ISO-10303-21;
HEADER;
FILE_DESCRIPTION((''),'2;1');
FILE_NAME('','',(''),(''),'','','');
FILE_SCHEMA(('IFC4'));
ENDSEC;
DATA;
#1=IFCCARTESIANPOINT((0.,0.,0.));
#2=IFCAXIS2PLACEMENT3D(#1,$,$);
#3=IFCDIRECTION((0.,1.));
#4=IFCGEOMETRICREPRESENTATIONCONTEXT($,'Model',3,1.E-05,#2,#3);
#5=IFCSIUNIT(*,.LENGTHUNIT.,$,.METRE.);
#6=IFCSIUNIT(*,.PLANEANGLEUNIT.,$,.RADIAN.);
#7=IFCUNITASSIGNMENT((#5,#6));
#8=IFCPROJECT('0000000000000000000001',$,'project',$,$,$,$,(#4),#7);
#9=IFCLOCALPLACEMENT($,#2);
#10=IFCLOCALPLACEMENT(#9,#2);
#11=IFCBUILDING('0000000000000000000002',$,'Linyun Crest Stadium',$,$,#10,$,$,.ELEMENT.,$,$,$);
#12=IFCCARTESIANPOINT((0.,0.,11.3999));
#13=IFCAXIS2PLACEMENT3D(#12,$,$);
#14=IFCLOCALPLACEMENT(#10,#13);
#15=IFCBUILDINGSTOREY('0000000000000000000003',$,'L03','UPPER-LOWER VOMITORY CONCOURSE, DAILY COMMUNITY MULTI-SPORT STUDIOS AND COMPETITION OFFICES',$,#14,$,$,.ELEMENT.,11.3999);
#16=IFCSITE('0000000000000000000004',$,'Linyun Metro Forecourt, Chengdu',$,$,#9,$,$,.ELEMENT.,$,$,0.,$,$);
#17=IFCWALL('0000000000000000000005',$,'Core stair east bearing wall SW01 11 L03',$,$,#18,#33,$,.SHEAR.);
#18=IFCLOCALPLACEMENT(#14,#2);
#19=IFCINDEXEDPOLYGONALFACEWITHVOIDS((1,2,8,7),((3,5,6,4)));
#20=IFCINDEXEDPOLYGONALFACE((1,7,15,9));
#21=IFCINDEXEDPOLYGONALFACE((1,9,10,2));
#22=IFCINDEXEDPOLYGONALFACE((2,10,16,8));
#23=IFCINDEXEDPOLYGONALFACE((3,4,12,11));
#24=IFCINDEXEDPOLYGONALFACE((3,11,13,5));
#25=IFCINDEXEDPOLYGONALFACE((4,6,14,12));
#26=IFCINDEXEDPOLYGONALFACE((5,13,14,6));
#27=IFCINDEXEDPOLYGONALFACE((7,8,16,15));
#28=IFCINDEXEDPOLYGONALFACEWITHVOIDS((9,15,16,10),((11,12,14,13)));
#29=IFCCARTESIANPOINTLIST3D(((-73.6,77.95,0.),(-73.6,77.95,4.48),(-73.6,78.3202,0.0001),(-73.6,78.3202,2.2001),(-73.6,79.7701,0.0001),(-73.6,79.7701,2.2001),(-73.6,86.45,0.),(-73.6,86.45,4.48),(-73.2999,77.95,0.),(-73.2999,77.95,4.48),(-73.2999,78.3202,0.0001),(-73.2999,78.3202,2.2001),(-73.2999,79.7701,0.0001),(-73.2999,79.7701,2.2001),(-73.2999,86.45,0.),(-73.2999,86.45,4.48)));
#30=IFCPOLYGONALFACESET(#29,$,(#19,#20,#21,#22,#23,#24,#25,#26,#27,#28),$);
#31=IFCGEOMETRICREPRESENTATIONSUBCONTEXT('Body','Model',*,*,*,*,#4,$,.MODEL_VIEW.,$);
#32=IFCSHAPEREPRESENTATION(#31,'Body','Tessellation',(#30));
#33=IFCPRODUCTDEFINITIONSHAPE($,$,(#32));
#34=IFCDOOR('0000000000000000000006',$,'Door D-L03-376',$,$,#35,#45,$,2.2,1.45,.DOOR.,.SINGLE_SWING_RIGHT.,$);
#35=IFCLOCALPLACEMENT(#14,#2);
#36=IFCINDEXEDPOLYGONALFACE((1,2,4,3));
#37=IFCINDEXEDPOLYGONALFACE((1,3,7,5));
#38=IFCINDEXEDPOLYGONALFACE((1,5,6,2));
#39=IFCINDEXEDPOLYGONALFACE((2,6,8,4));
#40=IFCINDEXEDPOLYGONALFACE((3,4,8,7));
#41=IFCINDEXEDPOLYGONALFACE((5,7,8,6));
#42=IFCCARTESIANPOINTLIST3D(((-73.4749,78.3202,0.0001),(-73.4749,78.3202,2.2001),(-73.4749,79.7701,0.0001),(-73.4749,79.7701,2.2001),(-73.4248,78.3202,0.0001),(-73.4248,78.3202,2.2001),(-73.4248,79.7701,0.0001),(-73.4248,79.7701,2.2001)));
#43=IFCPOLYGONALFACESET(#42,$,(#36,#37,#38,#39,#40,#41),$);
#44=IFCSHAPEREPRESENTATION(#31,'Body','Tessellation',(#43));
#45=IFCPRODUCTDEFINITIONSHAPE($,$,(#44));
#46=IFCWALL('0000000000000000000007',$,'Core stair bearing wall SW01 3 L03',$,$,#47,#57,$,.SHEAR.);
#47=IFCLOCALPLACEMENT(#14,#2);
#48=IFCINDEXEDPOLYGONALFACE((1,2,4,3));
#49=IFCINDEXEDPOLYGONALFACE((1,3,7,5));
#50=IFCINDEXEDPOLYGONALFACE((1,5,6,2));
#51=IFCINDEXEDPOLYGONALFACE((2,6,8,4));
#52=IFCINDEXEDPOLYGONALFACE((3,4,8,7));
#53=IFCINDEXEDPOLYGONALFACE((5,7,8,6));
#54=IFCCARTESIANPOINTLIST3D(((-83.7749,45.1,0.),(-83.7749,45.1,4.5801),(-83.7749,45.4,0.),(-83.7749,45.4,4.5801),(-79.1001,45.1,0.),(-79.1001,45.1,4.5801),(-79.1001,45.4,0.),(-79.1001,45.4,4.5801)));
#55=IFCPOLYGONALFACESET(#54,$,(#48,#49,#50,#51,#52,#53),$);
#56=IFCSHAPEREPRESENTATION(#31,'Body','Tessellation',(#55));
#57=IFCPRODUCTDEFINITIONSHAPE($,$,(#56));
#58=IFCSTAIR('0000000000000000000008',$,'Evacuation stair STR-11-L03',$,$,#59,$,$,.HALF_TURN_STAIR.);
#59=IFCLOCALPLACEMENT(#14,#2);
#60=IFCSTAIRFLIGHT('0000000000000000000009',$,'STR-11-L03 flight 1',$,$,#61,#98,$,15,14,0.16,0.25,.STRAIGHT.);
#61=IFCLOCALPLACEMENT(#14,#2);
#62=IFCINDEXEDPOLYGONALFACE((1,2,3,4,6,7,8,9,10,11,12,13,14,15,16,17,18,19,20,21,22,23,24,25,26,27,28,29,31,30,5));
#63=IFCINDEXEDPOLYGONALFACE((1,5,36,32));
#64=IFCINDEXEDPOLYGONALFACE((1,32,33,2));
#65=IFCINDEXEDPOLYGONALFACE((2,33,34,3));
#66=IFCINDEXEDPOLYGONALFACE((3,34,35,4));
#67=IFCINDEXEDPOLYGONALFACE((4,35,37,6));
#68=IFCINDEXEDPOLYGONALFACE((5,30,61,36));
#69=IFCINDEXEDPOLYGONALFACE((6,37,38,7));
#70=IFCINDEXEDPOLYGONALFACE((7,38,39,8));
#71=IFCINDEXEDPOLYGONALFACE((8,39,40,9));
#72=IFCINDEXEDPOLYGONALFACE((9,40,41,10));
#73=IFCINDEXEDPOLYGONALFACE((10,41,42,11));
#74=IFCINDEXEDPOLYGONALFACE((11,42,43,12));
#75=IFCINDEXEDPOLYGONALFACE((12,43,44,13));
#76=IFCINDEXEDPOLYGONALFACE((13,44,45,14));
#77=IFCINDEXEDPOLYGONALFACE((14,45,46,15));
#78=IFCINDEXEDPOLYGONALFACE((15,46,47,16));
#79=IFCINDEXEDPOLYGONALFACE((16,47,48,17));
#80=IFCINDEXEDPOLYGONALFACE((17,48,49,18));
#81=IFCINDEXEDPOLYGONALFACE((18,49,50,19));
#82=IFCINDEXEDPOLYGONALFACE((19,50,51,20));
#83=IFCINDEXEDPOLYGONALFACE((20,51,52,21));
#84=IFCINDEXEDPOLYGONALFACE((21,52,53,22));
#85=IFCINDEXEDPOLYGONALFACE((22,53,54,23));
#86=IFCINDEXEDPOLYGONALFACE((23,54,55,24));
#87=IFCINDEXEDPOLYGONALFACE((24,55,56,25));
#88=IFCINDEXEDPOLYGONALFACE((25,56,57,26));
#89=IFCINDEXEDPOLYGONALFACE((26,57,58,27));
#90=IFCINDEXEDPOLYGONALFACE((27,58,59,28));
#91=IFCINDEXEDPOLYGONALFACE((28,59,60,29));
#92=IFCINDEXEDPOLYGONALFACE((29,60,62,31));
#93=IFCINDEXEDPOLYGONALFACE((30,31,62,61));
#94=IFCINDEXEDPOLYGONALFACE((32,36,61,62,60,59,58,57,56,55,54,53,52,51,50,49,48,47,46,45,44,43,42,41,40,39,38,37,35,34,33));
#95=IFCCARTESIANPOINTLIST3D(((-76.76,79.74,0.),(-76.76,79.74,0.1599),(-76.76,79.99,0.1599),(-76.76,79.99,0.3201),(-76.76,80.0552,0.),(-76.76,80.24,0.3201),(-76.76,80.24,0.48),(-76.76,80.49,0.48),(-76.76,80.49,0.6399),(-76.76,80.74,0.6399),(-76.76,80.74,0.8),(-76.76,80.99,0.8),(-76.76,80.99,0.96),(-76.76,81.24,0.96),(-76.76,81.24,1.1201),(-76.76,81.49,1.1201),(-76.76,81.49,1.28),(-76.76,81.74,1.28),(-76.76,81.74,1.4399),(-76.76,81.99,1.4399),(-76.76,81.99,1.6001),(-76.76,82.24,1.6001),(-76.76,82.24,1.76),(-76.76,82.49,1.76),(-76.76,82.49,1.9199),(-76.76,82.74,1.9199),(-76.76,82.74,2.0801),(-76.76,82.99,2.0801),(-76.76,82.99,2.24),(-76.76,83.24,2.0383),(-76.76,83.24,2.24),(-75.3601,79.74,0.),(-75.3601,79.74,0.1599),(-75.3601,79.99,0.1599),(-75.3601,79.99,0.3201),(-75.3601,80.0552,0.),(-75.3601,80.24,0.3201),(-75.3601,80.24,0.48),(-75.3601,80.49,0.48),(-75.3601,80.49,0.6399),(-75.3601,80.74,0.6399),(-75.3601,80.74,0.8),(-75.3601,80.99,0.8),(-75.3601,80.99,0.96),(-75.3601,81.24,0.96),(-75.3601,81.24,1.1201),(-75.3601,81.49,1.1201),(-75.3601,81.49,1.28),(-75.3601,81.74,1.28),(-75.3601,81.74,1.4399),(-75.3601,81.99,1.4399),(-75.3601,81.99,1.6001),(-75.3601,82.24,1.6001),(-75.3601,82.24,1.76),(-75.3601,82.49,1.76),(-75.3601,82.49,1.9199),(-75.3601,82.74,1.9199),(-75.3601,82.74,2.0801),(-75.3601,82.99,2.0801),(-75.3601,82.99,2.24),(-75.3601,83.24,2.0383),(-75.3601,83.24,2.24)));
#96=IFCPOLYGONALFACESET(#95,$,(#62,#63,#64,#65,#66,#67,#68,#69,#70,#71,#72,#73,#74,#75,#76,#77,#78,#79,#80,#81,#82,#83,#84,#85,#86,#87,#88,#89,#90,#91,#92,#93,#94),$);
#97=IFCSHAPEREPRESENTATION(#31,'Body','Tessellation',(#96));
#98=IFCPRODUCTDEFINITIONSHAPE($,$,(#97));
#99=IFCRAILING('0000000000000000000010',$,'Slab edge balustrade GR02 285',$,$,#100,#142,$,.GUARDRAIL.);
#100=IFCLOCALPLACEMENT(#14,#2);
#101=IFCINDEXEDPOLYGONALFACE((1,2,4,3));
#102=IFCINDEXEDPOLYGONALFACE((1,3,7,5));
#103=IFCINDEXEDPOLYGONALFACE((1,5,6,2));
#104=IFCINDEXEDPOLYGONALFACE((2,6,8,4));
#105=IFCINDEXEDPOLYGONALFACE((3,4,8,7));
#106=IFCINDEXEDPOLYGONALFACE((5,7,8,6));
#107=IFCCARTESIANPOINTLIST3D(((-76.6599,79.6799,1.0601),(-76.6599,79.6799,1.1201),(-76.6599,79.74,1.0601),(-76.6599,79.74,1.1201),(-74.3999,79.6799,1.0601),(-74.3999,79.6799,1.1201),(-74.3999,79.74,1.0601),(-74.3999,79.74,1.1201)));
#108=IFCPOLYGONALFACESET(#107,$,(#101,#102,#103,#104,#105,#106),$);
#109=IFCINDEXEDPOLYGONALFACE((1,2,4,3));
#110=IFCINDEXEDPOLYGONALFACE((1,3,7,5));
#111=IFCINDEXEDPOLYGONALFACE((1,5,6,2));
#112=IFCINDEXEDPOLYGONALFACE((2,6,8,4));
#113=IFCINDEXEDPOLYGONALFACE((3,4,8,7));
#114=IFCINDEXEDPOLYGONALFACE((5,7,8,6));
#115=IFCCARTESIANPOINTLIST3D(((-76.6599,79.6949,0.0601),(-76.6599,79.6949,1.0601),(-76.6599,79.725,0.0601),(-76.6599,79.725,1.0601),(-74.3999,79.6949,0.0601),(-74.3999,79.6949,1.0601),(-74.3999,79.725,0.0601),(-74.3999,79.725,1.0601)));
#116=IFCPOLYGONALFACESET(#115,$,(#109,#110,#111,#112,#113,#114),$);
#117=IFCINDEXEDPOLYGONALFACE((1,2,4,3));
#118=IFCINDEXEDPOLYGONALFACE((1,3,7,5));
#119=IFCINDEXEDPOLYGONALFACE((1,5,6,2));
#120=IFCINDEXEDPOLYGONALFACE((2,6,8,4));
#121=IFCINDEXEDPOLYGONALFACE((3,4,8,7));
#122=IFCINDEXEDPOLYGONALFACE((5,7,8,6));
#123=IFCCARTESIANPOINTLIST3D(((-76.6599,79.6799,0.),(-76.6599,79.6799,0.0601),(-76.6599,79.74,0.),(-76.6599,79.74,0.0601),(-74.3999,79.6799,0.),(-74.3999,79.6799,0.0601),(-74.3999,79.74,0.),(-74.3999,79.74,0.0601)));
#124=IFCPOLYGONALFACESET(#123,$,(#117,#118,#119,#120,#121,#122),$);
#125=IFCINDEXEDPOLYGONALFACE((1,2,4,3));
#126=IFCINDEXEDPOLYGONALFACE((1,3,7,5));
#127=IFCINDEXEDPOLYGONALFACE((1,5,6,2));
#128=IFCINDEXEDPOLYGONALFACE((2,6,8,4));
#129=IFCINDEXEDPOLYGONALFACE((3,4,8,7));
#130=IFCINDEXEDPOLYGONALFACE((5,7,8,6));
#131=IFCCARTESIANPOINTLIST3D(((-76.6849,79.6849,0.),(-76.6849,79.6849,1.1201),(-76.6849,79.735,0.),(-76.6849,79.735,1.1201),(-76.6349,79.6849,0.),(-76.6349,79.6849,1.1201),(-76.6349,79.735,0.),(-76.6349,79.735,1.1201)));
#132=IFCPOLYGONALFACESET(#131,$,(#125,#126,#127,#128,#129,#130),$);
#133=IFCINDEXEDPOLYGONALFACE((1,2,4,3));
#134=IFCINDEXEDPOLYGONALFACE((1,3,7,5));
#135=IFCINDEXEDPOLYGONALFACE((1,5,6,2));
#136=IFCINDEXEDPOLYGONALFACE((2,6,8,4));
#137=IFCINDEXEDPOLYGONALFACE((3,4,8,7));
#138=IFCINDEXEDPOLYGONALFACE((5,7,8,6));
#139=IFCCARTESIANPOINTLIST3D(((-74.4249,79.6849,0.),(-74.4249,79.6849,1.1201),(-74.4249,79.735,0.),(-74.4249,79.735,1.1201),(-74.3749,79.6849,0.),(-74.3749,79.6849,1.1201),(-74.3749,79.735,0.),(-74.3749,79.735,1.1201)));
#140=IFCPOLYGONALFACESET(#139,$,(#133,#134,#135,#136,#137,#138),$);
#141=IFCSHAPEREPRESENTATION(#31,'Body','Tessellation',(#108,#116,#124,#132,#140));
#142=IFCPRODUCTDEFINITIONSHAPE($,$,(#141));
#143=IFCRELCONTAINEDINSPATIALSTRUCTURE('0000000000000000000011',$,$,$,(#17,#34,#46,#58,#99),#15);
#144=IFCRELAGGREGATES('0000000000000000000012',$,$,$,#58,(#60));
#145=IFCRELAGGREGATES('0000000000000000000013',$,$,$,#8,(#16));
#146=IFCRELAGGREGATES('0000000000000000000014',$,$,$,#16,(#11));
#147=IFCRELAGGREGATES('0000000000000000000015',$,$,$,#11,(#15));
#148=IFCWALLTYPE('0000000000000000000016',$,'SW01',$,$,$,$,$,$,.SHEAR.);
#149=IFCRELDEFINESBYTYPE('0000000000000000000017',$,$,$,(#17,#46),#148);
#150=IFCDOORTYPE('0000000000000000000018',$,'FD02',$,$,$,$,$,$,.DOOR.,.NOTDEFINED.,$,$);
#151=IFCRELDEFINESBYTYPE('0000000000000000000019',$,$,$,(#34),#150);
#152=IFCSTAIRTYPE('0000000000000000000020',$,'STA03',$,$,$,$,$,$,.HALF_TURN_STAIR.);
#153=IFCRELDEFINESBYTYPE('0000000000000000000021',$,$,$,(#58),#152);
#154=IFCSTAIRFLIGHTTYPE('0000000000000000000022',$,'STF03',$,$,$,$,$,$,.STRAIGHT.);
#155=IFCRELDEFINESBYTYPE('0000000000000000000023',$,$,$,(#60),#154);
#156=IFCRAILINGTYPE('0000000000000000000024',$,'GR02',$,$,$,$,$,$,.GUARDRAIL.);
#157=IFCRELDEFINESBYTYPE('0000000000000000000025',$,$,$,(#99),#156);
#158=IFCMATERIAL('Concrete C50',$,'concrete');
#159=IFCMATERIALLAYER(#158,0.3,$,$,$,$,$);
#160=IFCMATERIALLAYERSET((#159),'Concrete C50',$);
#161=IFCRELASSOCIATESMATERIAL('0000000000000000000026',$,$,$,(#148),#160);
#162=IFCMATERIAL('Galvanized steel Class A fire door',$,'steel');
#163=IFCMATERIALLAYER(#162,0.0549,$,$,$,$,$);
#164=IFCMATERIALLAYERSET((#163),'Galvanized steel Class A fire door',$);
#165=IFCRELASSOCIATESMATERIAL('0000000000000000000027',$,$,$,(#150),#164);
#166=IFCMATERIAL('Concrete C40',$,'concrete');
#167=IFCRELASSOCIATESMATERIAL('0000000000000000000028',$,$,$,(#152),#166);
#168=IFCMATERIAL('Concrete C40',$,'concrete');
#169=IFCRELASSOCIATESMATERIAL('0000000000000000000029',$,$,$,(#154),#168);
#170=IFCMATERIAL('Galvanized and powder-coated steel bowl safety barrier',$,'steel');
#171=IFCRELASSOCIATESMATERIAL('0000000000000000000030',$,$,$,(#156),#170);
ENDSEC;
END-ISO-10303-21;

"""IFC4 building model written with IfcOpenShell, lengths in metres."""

from ifc_helpers import new_model, si_unit, direction, frame, frame_2d, origin, origin_2d, place, context, subcontext, project, spatial, polyline, rectangle, outline, extrude, material, layer, layer_set, type_object, element, fill, aggregate, save


model = new_model("IFC4")

# Units and contexts
model_context = context("Model", 3, precision=1e-05, world=origin(), true_north=direction((0.0, 1.0)))
body_context = subcontext(model_context, "Body", "Model", "MODEL_VIEW")
ifc_project = project(units=[si_unit("LENGTHUNIT", "METRE"), si_unit("PLANEANGLEUNIT", "RADIAN")], contexts=[model_context])

# Site, building, storey
site_placement = place(None, origin())
site = spatial("IfcSite", under=ifc_project, at=site_placement, Name="Linyun Metro Forecourt, Chengdu", CompositionType="ELEMENT", RefElevation=0.0)
building_placement = place(site_placement, origin())
building = spatial("IfcBuilding", under=site, at=building_placement, Name="Linyun Crest Stadium", CompositionType="ELEMENT")
storey_placement = place(building_placement, frame((0.0, 0.0, 11.3999)))
storey = spatial("IfcBuildingStorey", under=building, at=storey_placement, Name="L03", Description="UPPER-LOWER VOMITORY CONCOURSE, DAILY COMMUNITY MULTI-SPORT STUDIOS AND COMPETITION OFFICES", CompositionType="ELEMENT", Elevation=11.3999)

# Wall, opening, door
ifc_material_1 = material(Name="Concrete C50", Category="concrete")
ifc_layer_1 = layer(ifc_material_1, 0.3)
ifc_layer_set_1 = layer_set([ifc_layer_1], Name="Concrete C50")
wall_type_1 = type_object("IfcWallType", Name="SW01", PredefinedType="SHEAR", material=ifc_layer_set_1)
wall_1_placement = place(storey_placement, frame((-73.45, 77.95, 0.0), z_axis=(0.0, 0.0, 1.0), x_axis=(0.0, 1.0, 0.0)))
wall_1 = element("IfcWall", 1, at=wall_1_placement, inside=storey, type_object=wall_type_1, Name="Core stair east bearing wall SW01 11 L03", PredefinedType="SHEAR", context=body_context, shape_type="SweptSolid", body=[
    extrude(rectangle(XDim=8.5, YDim=0.3, at=frame_2d((4.25, 0.0))), origin(), (0.0, 0.0, 1.0), 4.48),
])
opening_1_placement = place(wall_1_placement, frame((0.3701, 0.0, 0.0)))
opening_1 = element("IfcOpeningElement", 2, at=opening_1_placement, cuts=wall_1, PredefinedType="OPENING", context=body_context, shape_type="SweptSolid", body=[
    extrude(rectangle(XDim=1.45, YDim=2.2, at=frame_2d((0.7251, 1.1001))), frame((0.0, 0.1599, 0.0), z_axis=(0.0, -1.0, 0.0), x_axis=(1.0, 0.0, 0.0)), (0.0, 0.0, 1.0), 0.3201),
])
ifc_material_2 = material(Name="Galvanized steel Class A fire door", Category="steel")
ifc_layer_2 = layer(ifc_material_2, 0.0549)
ifc_layer_set_2 = layer_set([ifc_layer_2], Name="Galvanized steel Class A fire door")
door_type_1 = type_object("IfcDoorType", Name="FD02", OperationType="NOTDEFINED", PredefinedType="DOOR", material=ifc_layer_set_2)
door_1_placement = place(opening_1_placement, origin())
door_1 = element("IfcDoor", 3, at=door_1_placement, inside=storey, type_object=door_type_1, Name="Door D-L03-376", OperationType="SINGLE_SWING_RIGHT", OverallHeight=2.2, OverallWidth=1.45, PredefinedType="DOOR", context=body_context, shape_type="SweptSolid", body=[
    extrude(rectangle(XDim=1.45, YDim=2.2, at=frame_2d((0.7251, 1.1001))), frame((0.0, 0.0249, 0.0), z_axis=(0.0, -1.0, 0.0), x_axis=(1.0, 0.0, 0.0)), (0.0, 0.0, 1.0), 0.05),
])
fill(opening_1, door_1)

# Wall
wall_2_placement = place(storey_placement, frame((-83.7749, 45.25, 0.0), z_axis=(0.0, 0.0, 1.0), x_axis=(1.0, 0.0, 0.0)))
element("IfcWall", 4, at=wall_2_placement, inside=storey, type_object=wall_type_1, Name="Core stair bearing wall SW01 3 L03", PredefinedType="SHEAR", context=body_context, shape_type="SweptSolid", body=[
    extrude(rectangle(XDim=4.6748, YDim=0.3, at=frame_2d((2.3374, 0.0))), origin(), (0.0, 0.0, 1.0), 4.5801),
])

# Stair, stair flight
ifc_material_3 = material(Name="Concrete C40", Category="concrete")
stair_type = type_object("IfcStairType", Name="STA03", PredefinedType="HALF_TURN_STAIR", material=ifc_material_3)
stair_placement = place(storey_placement, origin())
stair = element("IfcStair", 5, at=stair_placement, inside=storey, type_object=stair_type, Name="Evacuation stair STR-11-L03", PredefinedType="HALF_TURN_STAIR")
ifc_material_4 = material(Name="Concrete C40", Category="concrete")
stair_flight_type = type_object("IfcStairFlightType", Name="STF03", PredefinedType="STRAIGHT", material=ifc_material_4)
stair_flight_placement = place(storey_placement, frame((-76.0601, 79.74, 0.0), z_axis=(0.0, 0.0, 1.0), x_axis=(0.0, 1.0, 0.0)))
stair_flight = element("IfcStairFlight", 6, at=stair_flight_placement, type_object=stair_flight_type, Name="STR-11-L03 flight 1", NumberOfRisers=15, NumberOfTreads=14, PredefinedType="STRAIGHT", RiserHeight=0.16, TreadLength=0.25, context=body_context, shape_type="SweptSolid", body=[
    extrude(outline(polyline([(0.0, 0.0), (0.0, 0.1599), (0.25, 0.1599), (0.25, 0.3201), (0.5, 0.3201), (0.5, 0.48), (0.75, 0.48), (0.75, 0.6399), (1.0, 0.6399), (1.0, 0.8), (1.25, 0.8), (1.25, 0.96), (1.5, 0.96), (1.5, 1.1201), (1.75, 1.1201), (1.75, 1.28), (2.0, 1.28), (2.0, 1.4399), (2.25, 1.4399), (2.25, 1.6001), (2.5, 1.6001), (2.5, 1.76), (2.75, 1.76), (2.75, 1.9199), (3.0, 1.9199), (3.0, 2.0801), (3.25, 2.0801), (3.25, 2.24), (3.5, 2.24), (3.5, 2.3999), (3.5, 2.0383), (0.3152, 0.0), (0.0, 0.0)])), frame((0.0, 0.7, 0.0), z_axis=(0.0, -1.0, 0.0), x_axis=(1.0, 0.0, 0.0)), (0.0, 0.0, 1.0), 1.3999),
])
aggregate(stair, [stair_flight])

# Railing
ifc_material_5 = material(Name="Galvanized and powder-coated steel bowl safety barrier", Category="steel")
railing_type_1 = type_object("IfcRailingType", Name="GR02", PredefinedType="GUARDRAIL", material=ifc_material_5)
railing_1_placement = place(storey_placement, frame((-76.6599, 79.71, 0.0)))
element("IfcRailing", 7, at=railing_1_placement, inside=storey, type_object=railing_type_1, Name="Slab edge balustrade GR02 285", PredefinedType="GUARDRAIL", context=body_context, shape_type="SweptSolid", body=[
    extrude(rectangle(XDim=0.0601, YDim=0.0601, at=origin_2d()), frame((0.0, 0.0, 1.0901), z_axis=(1.0, 0.0, 0.0), x_axis=(0.0, 1.0, 0.0)), (0.0, 0.0, 1.0), 2.26),
    extrude(rectangle(XDim=0.03, YDim=1.0, at=origin_2d()), frame((0.0, 0.0, 0.5601), z_axis=(1.0, 0.0, 0.0), x_axis=(0.0, 1.0, 0.0)), (0.0, 0.0, 1.0), 2.26),
    extrude(rectangle(XDim=0.0601, YDim=0.0601, at=origin_2d()), frame((0.0, 0.0, 0.03), z_axis=(1.0, 0.0, 0.0), x_axis=(0.0, 1.0, 0.0)), (0.0, 0.0, 1.0), 2.26),
    extrude(rectangle(XDim=0.05, YDim=0.05, at=origin_2d()), origin(), (0.0, 0.0, 1.0), 1.1201),
    extrude(rectangle(XDim=0.05, YDim=0.05, at=origin_2d()), frame((2.26, 0.0, 0.0)), (0.0, 0.0, 1.0), 1.1201),
])

save(model, "model.ifc")
